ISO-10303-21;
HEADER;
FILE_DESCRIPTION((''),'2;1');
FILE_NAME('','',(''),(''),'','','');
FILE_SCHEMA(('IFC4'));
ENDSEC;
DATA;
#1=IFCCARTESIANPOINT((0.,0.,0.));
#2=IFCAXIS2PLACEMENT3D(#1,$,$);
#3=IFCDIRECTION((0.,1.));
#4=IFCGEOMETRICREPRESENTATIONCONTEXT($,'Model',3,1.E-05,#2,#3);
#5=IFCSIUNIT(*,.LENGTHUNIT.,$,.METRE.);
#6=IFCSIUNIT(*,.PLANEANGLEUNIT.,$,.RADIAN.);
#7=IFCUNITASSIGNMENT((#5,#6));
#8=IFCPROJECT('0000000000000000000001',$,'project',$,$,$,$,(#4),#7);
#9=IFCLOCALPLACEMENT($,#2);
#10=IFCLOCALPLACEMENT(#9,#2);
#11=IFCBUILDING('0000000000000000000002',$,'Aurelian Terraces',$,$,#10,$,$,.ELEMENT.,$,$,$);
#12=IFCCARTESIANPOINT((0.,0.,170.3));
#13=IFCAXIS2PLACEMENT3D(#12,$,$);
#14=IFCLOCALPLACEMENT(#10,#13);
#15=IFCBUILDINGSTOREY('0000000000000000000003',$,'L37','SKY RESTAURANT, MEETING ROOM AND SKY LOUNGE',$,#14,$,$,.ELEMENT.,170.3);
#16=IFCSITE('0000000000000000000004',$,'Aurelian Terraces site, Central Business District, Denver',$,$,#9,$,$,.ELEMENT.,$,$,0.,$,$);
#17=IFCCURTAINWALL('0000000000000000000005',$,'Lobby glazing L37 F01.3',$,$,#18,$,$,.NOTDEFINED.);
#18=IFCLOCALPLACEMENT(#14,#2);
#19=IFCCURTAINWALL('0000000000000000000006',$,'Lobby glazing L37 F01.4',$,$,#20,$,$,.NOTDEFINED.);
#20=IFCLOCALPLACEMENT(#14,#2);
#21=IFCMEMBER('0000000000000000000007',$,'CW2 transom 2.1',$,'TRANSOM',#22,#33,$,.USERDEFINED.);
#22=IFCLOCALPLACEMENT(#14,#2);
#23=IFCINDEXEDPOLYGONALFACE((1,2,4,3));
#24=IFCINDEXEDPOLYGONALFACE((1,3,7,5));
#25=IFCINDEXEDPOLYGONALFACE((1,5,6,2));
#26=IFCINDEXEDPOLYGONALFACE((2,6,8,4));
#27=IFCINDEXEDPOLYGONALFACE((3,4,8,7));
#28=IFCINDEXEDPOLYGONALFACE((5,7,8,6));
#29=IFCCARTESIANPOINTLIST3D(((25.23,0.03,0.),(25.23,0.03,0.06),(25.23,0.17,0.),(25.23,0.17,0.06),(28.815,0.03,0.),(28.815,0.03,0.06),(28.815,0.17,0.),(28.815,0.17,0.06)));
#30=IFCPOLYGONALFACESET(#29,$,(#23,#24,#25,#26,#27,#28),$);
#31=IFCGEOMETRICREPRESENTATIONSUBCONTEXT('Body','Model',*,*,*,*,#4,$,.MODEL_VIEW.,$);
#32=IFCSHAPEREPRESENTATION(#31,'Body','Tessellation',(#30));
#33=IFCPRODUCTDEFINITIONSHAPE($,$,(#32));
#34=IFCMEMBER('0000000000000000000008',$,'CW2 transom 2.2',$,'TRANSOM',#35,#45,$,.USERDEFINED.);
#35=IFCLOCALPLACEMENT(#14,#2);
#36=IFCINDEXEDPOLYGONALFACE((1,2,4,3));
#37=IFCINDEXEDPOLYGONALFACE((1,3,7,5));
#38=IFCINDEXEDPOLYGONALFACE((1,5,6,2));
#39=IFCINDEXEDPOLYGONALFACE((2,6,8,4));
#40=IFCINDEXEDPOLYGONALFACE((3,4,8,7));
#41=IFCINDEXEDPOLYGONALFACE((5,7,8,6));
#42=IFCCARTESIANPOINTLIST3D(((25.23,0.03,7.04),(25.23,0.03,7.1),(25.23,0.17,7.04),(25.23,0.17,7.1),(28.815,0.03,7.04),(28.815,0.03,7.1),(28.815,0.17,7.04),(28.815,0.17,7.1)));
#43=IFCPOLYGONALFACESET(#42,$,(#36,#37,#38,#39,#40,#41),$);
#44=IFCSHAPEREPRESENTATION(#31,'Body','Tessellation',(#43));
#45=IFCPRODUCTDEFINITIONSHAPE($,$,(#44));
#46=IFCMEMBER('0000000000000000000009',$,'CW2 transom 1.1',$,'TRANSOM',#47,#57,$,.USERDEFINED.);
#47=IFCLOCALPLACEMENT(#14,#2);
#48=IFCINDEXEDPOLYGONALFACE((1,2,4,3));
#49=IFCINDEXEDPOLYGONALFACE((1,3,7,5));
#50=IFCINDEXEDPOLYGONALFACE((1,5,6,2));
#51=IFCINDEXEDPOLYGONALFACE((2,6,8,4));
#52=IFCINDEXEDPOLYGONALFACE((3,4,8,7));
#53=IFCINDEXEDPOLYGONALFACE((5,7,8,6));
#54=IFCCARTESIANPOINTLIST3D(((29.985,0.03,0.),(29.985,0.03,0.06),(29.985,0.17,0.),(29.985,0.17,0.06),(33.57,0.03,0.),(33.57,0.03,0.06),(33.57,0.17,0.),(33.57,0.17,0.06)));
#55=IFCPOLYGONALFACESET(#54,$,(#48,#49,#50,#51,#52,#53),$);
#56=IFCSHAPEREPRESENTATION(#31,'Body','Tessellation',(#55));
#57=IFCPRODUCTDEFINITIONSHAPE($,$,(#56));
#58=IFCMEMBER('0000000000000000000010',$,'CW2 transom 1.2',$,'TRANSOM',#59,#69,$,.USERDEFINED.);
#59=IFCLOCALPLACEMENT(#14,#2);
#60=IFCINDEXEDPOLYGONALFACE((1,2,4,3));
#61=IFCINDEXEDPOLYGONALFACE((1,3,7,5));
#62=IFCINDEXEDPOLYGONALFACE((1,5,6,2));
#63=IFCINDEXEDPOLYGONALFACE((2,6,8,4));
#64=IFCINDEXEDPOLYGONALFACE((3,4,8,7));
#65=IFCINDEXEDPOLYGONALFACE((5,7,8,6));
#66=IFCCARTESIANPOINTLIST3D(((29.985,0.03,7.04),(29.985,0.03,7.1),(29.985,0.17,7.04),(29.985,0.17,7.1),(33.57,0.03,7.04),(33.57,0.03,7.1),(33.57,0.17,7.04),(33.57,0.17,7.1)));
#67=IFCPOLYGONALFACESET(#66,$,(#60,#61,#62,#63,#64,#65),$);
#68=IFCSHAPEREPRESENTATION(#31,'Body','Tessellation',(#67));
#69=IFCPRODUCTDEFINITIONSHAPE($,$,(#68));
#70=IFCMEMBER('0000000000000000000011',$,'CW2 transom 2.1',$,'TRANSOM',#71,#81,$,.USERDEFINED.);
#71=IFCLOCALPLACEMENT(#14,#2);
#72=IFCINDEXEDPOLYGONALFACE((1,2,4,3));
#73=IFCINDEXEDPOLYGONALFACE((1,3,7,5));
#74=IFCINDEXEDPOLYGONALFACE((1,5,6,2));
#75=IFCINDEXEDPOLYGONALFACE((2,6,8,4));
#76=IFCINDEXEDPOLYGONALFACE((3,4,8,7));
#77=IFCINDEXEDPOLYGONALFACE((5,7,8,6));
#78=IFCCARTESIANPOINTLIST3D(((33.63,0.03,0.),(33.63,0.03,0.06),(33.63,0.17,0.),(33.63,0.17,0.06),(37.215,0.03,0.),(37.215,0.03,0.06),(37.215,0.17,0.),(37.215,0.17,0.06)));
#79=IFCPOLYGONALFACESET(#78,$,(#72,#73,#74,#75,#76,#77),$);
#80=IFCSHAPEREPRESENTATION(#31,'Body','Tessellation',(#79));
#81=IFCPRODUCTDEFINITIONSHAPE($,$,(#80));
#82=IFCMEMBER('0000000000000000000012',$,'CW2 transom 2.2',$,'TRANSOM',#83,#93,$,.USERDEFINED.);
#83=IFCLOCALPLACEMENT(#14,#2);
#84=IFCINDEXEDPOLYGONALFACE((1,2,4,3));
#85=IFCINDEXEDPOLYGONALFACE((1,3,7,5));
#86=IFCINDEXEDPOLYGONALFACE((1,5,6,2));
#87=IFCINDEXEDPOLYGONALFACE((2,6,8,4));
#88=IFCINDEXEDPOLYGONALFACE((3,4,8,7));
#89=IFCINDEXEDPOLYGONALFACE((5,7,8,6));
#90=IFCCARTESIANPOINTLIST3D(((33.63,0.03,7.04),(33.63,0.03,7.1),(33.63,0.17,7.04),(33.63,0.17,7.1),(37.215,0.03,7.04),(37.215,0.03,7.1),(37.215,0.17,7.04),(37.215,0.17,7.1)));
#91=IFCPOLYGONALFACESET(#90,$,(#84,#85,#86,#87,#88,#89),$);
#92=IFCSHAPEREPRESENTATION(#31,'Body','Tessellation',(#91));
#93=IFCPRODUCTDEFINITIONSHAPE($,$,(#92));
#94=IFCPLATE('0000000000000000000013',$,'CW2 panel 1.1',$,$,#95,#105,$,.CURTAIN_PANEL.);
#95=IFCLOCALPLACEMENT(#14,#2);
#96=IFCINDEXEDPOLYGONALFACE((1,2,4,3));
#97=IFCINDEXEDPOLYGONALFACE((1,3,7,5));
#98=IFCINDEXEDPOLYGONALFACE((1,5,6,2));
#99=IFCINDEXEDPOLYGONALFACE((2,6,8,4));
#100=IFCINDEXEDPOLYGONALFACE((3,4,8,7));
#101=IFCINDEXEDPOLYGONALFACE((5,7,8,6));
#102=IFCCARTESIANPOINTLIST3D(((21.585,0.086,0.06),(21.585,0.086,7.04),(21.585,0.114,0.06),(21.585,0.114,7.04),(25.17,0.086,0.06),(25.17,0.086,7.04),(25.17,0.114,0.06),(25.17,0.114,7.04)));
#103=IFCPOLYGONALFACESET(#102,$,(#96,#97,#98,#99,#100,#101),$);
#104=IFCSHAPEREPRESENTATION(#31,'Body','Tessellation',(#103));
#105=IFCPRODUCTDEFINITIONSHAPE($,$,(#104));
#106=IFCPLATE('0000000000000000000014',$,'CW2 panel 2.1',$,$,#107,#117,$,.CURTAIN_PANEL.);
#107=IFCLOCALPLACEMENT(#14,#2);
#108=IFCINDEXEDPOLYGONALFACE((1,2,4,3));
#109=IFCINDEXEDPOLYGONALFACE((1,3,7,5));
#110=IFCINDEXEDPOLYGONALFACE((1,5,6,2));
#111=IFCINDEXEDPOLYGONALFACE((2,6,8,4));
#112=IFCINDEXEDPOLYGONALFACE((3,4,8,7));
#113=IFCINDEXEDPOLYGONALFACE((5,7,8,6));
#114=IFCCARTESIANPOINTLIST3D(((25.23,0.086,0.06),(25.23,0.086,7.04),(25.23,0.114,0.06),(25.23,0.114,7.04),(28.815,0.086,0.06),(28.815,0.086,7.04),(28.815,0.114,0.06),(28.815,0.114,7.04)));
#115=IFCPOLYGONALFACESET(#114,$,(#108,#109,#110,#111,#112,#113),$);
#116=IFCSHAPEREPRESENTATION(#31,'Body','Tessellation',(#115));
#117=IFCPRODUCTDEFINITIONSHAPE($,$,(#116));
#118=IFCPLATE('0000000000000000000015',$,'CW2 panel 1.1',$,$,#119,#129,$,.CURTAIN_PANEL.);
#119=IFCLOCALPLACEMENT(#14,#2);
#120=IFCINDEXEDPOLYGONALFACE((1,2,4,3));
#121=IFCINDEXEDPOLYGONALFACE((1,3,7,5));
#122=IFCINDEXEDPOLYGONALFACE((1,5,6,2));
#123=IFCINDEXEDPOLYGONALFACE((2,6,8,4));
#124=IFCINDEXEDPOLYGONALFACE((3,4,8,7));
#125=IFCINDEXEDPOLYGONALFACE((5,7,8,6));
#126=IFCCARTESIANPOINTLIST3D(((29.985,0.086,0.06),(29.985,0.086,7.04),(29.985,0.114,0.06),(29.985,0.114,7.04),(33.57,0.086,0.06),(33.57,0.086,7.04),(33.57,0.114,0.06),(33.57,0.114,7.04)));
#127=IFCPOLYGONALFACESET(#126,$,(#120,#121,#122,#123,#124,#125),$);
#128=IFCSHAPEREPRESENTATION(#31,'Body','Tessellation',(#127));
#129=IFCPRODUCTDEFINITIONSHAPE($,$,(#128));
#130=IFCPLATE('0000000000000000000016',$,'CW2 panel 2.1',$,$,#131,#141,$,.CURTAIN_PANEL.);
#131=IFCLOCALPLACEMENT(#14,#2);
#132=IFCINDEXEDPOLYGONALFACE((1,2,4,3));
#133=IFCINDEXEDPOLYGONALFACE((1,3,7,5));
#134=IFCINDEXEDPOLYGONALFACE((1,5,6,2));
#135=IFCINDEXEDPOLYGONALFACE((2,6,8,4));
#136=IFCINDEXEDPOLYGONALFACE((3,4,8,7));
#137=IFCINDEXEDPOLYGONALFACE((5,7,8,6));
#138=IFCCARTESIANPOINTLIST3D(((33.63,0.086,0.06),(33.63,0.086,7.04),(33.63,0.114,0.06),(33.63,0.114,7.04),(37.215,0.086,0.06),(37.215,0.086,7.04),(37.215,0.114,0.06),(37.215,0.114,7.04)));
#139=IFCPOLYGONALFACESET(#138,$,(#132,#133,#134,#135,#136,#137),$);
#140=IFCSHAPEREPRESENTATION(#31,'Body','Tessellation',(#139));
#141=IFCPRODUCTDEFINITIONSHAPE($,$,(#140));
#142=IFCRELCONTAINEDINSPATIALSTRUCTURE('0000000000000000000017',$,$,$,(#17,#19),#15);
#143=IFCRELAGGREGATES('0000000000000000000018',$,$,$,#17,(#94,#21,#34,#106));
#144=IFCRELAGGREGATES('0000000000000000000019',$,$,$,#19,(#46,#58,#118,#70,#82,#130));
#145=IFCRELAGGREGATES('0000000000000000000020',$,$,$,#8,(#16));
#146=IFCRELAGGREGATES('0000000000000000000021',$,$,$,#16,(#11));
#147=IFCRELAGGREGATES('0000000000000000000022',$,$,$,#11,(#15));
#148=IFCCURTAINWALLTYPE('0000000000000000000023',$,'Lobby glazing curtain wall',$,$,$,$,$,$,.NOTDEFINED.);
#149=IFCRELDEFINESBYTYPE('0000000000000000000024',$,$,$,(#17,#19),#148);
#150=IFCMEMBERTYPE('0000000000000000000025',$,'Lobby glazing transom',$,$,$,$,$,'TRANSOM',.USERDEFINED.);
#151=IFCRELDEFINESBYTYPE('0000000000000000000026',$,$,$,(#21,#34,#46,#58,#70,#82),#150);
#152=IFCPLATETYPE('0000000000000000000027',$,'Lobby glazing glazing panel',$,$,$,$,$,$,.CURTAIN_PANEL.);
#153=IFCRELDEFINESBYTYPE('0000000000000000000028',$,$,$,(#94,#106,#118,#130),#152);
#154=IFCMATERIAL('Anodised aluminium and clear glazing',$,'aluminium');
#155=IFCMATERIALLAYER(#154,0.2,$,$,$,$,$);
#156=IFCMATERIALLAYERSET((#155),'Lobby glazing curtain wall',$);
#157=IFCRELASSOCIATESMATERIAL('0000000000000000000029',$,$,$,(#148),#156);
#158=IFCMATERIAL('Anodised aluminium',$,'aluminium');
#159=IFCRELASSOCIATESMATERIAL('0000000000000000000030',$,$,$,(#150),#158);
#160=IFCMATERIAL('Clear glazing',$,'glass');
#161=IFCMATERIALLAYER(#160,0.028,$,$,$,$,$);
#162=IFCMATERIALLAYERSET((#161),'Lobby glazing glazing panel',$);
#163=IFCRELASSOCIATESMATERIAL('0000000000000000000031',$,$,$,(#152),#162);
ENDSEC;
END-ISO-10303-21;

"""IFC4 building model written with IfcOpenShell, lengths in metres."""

from ifc_helpers import new_model, si_unit, direction, frame, origin, origin_2d, place, context, subcontext, project, spatial, rectangle, extrude, source, transform, mapped, material, layer, layer_set, material_profile, profile_set, type_object, element, aggregate, save


model = new_model("IFC4")

# Units and contexts
model_context = context("Model", 3, precision=1e-05, world=origin(), true_north=direction((0.0, 1.0)))
body_context = subcontext(model_context, "Body", "Model", "MODEL_VIEW")
ifc_project = project(units=[si_unit("LENGTHUNIT", "METRE"), si_unit("PLANEANGLEUNIT", "RADIAN")], contexts=[model_context])

# Site, building, storey
site_placement = place(None, origin())
site = spatial("IfcSite", under=ifc_project, at=site_placement, Name="Aurelian Terraces site, Central Business District, Denver", CompositionType="ELEMENT", RefElevation=0.0)
building_placement = place(site_placement, origin())
building = spatial("IfcBuilding", under=site, at=building_placement, Name="Aurelian Terraces", CompositionType="ELEMENT")
storey_placement = place(building_placement, frame((0.0, 0.0, 170.3)))
storey = spatial("IfcBuildingStorey", under=building, at=storey_placement, Name="L37", Description="SKY RESTAURANT, MEETING ROOM AND SKY LOUNGE", CompositionType="ELEMENT", Elevation=170.3)

# Curtain wall
ifc_material_1 = material(Name="Anodised aluminium and clear glazing", Category="aluminium")
ifc_layer_1 = layer(ifc_material_1, 0.2)
ifc_layer_set_1 = layer_set([ifc_layer_1], Name="Lobby glazing curtain wall")
curtain_wall_type = type_object("IfcCurtainWallType", Name="Lobby glazing curtain wall", PredefinedType="NOTDEFINED", material=ifc_layer_set_1)
curtain_wall_1_placement = place(storey_placement, origin())
curtain_wall_1 = element("IfcCurtainWall", 1, at=curtain_wall_1_placement, inside=storey, type_object=curtain_wall_type, Name="Lobby glazing L37 F01.3", PredefinedType="NOTDEFINED")
ifc_material_2 = material(Name="Anodised aluminium", Category="aluminium")
ifc_material_profile_1 = material_profile(ifc_material_2, rectangle(XDim=0.14, YDim=0.06, at=origin_2d()))
ifc_profile_set_1 = profile_set([ifc_material_profile_1], Name="Anodised aluminium")
member_type_1 = type_object("IfcMemberType", Name="Lobby glazing transom", ElementType="TRANSOM", PredefinedType="USERDEFINED", material=ifc_profile_set_1)

# Curtain wall
curtain_wall_2_placement = place(storey_placement, origin())
curtain_wall_2 = element("IfcCurtainWall", 2, at=curtain_wall_2_placement, inside=storey, type_object=curtain_wall_type, Name="Lobby glazing L37 F01.4", PredefinedType="NOTDEFINED")

# Members
shared_shape_1 = source(origin(), body_context, "Body", "SweptSolid", [
    extrude(rectangle(XDim=0.14, YDim=0.06, at=origin_2d()), origin(), (0.0, 0.0, 1.0), 3.585),
])
member_1_placement = place(storey_placement, frame((25.23, 0.1, 0.03), z_axis=(1.0, 0.0, 0.0), x_axis=(0.0, 1.0, 0.0)))
member_1 = element("IfcMember", 3, at=member_1_placement, type_object=member_type_1, Name="CW2 transom 2.1", ObjectType="TRANSOM", PredefinedType="USERDEFINED", context=body_context, shape_type="MappedRepresentation", body=[
    mapped(shared_shape_1, transform((0.0, 0.0, 0.0), scale=1.0)),
])
member_2_placement = place(storey_placement, frame((25.23, 0.1, 7.07), z_axis=(1.0, 0.0, 0.0), x_axis=(0.0, 1.0, 0.0)))
member_2 = element("IfcMember", 4, at=member_2_placement, type_object=member_type_1, Name="CW2 transom 2.2", ObjectType="TRANSOM", PredefinedType="USERDEFINED", context=body_context, shape_type="MappedRepresentation", body=[
    mapped(shared_shape_1, transform((0.0, 0.0, 0.0), scale=1.0)),
])
member_3_placement = place(storey_placement, frame((29.985, 0.1, 0.03), z_axis=(1.0, 0.0, 0.0), x_axis=(0.0, 1.0, 0.0)))
member_3 = element("IfcMember", 5, at=member_3_placement, type_object=member_type_1, Name="CW2 transom 1.1", ObjectType="TRANSOM", PredefinedType="USERDEFINED", context=body_context, shape_type="MappedRepresentation", body=[
    mapped(shared_shape_1, transform((0.0, 0.0, 0.0), scale=1.0)),
])
member_4_placement = place(storey_placement, frame((29.985, 0.1, 7.07), z_axis=(1.0, 0.0, 0.0), x_axis=(0.0, 1.0, 0.0)))
member_4 = element("IfcMember", 6, at=member_4_placement, type_object=member_type_1, Name="CW2 transom 1.2", ObjectType="TRANSOM", PredefinedType="USERDEFINED", context=body_context, shape_type="MappedRepresentation", body=[
    mapped(shared_shape_1, transform((0.0, 0.0, 0.0), scale=1.0)),
])
member_5_placement = place(storey_placement, frame((33.63, 0.1, 0.03), z_axis=(1.0, 0.0, 0.0), x_axis=(0.0, 1.0, 0.0)))
member_5 = element("IfcMember", 7, at=member_5_placement, type_object=member_type_1, Name="CW2 transom 2.1", ObjectType="TRANSOM", PredefinedType="USERDEFINED", context=body_context, shape_type="MappedRepresentation", body=[
    mapped(shared_shape_1, transform((0.0, 0.0, 0.0), scale=1.0)),
])
member_6_placement = place(storey_placement, frame((33.63, 0.1, 7.07), z_axis=(1.0, 0.0, 0.0), x_axis=(0.0, 1.0, 0.0)))
member_6 = element("IfcMember", 8, at=member_6_placement, type_object=member_type_1, Name="CW2 transom 2.2", ObjectType="TRANSOM", PredefinedType="USERDEFINED", context=body_context, shape_type="MappedRepresentation", body=[
    mapped(shared_shape_1, transform((0.0, 0.0, 0.0), scale=1.0)),
])

# Plates
ifc_material_3 = material(Name="Clear glazing", Category="glass")
ifc_layer_2 = layer(ifc_material_3, 0.028)
ifc_layer_set_2 = layer_set([ifc_layer_2], Name="Lobby glazing glazing panel")
plate_type = type_object("IfcPlateType", Name="Lobby glazing glazing panel", PredefinedType="CURTAIN_PANEL", material=ifc_layer_set_2)
plate_1_placement = place(storey_placement, frame((23.3775, 0.1, 0.06), z_axis=(0.0, 0.0, 1.0), x_axis=(1.0, 0.0, 0.0)))
plate_1 = element("IfcPlate", 9, at=plate_1_placement, type_object=plate_type, Name="CW2 panel 1.1", PredefinedType="CURTAIN_PANEL", context=body_context, shape_type="SweptSolid", body=[
    extrude(rectangle(XDim=3.585, YDim=0.028, at=origin_2d()), origin(), (0.0, 0.0, 1.0), 6.98),
])
shared_shape_2 = source(origin(), body_context, "Body", "SweptSolid", [
    extrude(rectangle(XDim=3.585, YDim=0.028, at=origin_2d()), origin(), (0.0, 0.0, 1.0), 6.98),
])
plate_2_placement = place(storey_placement, frame((27.0225, 0.1, 0.06), z_axis=(0.0, 0.0, 1.0), x_axis=(1.0, 0.0, 0.0)))
plate_2 = element("IfcPlate", 10, at=plate_2_placement, type_object=plate_type, Name="CW2 panel 2.1", PredefinedType="CURTAIN_PANEL", context=body_context, shape_type="MappedRepresentation", body=[
    mapped(shared_shape_2, transform((0.0, 0.0, 0.0), scale=1.0)),
])
aggregate(curtain_wall_1, [plate_1, member_1, member_2, plate_2])
plate_3_placement = place(storey_placement, frame((31.7775, 0.1, 0.06), z_axis=(0.0, 0.0, 1.0), x_axis=(1.0, 0.0, 0.0)))
plate_3 = element("IfcPlate", 11, at=plate_3_placement, type_object=plate_type, Name="CW2 panel 1.1", PredefinedType="CURTAIN_PANEL", context=body_context, shape_type="MappedRepresentation", body=[
    mapped(shared_shape_2, transform((0.0, 0.0, 0.0), scale=1.0)),
])
plate_4_placement = place(storey_placement, frame((35.4225, 0.1, 0.06), z_axis=(0.0, 0.0, 1.0), x_axis=(1.0, 0.0, 0.0)))
plate_4 = element("IfcPlate", 12, at=plate_4_placement, type_object=plate_type, Name="CW2 panel 2.1", PredefinedType="CURTAIN_PANEL", context=body_context, shape_type="MappedRepresentation", body=[
    mapped(shared_shape_2, transform((0.0, 0.0, 0.0), scale=1.0)),
])
aggregate(curtain_wall_2, [member_3, member_4, plate_3, member_5, member_6, plate_4])

save(model, "model.ifc")
